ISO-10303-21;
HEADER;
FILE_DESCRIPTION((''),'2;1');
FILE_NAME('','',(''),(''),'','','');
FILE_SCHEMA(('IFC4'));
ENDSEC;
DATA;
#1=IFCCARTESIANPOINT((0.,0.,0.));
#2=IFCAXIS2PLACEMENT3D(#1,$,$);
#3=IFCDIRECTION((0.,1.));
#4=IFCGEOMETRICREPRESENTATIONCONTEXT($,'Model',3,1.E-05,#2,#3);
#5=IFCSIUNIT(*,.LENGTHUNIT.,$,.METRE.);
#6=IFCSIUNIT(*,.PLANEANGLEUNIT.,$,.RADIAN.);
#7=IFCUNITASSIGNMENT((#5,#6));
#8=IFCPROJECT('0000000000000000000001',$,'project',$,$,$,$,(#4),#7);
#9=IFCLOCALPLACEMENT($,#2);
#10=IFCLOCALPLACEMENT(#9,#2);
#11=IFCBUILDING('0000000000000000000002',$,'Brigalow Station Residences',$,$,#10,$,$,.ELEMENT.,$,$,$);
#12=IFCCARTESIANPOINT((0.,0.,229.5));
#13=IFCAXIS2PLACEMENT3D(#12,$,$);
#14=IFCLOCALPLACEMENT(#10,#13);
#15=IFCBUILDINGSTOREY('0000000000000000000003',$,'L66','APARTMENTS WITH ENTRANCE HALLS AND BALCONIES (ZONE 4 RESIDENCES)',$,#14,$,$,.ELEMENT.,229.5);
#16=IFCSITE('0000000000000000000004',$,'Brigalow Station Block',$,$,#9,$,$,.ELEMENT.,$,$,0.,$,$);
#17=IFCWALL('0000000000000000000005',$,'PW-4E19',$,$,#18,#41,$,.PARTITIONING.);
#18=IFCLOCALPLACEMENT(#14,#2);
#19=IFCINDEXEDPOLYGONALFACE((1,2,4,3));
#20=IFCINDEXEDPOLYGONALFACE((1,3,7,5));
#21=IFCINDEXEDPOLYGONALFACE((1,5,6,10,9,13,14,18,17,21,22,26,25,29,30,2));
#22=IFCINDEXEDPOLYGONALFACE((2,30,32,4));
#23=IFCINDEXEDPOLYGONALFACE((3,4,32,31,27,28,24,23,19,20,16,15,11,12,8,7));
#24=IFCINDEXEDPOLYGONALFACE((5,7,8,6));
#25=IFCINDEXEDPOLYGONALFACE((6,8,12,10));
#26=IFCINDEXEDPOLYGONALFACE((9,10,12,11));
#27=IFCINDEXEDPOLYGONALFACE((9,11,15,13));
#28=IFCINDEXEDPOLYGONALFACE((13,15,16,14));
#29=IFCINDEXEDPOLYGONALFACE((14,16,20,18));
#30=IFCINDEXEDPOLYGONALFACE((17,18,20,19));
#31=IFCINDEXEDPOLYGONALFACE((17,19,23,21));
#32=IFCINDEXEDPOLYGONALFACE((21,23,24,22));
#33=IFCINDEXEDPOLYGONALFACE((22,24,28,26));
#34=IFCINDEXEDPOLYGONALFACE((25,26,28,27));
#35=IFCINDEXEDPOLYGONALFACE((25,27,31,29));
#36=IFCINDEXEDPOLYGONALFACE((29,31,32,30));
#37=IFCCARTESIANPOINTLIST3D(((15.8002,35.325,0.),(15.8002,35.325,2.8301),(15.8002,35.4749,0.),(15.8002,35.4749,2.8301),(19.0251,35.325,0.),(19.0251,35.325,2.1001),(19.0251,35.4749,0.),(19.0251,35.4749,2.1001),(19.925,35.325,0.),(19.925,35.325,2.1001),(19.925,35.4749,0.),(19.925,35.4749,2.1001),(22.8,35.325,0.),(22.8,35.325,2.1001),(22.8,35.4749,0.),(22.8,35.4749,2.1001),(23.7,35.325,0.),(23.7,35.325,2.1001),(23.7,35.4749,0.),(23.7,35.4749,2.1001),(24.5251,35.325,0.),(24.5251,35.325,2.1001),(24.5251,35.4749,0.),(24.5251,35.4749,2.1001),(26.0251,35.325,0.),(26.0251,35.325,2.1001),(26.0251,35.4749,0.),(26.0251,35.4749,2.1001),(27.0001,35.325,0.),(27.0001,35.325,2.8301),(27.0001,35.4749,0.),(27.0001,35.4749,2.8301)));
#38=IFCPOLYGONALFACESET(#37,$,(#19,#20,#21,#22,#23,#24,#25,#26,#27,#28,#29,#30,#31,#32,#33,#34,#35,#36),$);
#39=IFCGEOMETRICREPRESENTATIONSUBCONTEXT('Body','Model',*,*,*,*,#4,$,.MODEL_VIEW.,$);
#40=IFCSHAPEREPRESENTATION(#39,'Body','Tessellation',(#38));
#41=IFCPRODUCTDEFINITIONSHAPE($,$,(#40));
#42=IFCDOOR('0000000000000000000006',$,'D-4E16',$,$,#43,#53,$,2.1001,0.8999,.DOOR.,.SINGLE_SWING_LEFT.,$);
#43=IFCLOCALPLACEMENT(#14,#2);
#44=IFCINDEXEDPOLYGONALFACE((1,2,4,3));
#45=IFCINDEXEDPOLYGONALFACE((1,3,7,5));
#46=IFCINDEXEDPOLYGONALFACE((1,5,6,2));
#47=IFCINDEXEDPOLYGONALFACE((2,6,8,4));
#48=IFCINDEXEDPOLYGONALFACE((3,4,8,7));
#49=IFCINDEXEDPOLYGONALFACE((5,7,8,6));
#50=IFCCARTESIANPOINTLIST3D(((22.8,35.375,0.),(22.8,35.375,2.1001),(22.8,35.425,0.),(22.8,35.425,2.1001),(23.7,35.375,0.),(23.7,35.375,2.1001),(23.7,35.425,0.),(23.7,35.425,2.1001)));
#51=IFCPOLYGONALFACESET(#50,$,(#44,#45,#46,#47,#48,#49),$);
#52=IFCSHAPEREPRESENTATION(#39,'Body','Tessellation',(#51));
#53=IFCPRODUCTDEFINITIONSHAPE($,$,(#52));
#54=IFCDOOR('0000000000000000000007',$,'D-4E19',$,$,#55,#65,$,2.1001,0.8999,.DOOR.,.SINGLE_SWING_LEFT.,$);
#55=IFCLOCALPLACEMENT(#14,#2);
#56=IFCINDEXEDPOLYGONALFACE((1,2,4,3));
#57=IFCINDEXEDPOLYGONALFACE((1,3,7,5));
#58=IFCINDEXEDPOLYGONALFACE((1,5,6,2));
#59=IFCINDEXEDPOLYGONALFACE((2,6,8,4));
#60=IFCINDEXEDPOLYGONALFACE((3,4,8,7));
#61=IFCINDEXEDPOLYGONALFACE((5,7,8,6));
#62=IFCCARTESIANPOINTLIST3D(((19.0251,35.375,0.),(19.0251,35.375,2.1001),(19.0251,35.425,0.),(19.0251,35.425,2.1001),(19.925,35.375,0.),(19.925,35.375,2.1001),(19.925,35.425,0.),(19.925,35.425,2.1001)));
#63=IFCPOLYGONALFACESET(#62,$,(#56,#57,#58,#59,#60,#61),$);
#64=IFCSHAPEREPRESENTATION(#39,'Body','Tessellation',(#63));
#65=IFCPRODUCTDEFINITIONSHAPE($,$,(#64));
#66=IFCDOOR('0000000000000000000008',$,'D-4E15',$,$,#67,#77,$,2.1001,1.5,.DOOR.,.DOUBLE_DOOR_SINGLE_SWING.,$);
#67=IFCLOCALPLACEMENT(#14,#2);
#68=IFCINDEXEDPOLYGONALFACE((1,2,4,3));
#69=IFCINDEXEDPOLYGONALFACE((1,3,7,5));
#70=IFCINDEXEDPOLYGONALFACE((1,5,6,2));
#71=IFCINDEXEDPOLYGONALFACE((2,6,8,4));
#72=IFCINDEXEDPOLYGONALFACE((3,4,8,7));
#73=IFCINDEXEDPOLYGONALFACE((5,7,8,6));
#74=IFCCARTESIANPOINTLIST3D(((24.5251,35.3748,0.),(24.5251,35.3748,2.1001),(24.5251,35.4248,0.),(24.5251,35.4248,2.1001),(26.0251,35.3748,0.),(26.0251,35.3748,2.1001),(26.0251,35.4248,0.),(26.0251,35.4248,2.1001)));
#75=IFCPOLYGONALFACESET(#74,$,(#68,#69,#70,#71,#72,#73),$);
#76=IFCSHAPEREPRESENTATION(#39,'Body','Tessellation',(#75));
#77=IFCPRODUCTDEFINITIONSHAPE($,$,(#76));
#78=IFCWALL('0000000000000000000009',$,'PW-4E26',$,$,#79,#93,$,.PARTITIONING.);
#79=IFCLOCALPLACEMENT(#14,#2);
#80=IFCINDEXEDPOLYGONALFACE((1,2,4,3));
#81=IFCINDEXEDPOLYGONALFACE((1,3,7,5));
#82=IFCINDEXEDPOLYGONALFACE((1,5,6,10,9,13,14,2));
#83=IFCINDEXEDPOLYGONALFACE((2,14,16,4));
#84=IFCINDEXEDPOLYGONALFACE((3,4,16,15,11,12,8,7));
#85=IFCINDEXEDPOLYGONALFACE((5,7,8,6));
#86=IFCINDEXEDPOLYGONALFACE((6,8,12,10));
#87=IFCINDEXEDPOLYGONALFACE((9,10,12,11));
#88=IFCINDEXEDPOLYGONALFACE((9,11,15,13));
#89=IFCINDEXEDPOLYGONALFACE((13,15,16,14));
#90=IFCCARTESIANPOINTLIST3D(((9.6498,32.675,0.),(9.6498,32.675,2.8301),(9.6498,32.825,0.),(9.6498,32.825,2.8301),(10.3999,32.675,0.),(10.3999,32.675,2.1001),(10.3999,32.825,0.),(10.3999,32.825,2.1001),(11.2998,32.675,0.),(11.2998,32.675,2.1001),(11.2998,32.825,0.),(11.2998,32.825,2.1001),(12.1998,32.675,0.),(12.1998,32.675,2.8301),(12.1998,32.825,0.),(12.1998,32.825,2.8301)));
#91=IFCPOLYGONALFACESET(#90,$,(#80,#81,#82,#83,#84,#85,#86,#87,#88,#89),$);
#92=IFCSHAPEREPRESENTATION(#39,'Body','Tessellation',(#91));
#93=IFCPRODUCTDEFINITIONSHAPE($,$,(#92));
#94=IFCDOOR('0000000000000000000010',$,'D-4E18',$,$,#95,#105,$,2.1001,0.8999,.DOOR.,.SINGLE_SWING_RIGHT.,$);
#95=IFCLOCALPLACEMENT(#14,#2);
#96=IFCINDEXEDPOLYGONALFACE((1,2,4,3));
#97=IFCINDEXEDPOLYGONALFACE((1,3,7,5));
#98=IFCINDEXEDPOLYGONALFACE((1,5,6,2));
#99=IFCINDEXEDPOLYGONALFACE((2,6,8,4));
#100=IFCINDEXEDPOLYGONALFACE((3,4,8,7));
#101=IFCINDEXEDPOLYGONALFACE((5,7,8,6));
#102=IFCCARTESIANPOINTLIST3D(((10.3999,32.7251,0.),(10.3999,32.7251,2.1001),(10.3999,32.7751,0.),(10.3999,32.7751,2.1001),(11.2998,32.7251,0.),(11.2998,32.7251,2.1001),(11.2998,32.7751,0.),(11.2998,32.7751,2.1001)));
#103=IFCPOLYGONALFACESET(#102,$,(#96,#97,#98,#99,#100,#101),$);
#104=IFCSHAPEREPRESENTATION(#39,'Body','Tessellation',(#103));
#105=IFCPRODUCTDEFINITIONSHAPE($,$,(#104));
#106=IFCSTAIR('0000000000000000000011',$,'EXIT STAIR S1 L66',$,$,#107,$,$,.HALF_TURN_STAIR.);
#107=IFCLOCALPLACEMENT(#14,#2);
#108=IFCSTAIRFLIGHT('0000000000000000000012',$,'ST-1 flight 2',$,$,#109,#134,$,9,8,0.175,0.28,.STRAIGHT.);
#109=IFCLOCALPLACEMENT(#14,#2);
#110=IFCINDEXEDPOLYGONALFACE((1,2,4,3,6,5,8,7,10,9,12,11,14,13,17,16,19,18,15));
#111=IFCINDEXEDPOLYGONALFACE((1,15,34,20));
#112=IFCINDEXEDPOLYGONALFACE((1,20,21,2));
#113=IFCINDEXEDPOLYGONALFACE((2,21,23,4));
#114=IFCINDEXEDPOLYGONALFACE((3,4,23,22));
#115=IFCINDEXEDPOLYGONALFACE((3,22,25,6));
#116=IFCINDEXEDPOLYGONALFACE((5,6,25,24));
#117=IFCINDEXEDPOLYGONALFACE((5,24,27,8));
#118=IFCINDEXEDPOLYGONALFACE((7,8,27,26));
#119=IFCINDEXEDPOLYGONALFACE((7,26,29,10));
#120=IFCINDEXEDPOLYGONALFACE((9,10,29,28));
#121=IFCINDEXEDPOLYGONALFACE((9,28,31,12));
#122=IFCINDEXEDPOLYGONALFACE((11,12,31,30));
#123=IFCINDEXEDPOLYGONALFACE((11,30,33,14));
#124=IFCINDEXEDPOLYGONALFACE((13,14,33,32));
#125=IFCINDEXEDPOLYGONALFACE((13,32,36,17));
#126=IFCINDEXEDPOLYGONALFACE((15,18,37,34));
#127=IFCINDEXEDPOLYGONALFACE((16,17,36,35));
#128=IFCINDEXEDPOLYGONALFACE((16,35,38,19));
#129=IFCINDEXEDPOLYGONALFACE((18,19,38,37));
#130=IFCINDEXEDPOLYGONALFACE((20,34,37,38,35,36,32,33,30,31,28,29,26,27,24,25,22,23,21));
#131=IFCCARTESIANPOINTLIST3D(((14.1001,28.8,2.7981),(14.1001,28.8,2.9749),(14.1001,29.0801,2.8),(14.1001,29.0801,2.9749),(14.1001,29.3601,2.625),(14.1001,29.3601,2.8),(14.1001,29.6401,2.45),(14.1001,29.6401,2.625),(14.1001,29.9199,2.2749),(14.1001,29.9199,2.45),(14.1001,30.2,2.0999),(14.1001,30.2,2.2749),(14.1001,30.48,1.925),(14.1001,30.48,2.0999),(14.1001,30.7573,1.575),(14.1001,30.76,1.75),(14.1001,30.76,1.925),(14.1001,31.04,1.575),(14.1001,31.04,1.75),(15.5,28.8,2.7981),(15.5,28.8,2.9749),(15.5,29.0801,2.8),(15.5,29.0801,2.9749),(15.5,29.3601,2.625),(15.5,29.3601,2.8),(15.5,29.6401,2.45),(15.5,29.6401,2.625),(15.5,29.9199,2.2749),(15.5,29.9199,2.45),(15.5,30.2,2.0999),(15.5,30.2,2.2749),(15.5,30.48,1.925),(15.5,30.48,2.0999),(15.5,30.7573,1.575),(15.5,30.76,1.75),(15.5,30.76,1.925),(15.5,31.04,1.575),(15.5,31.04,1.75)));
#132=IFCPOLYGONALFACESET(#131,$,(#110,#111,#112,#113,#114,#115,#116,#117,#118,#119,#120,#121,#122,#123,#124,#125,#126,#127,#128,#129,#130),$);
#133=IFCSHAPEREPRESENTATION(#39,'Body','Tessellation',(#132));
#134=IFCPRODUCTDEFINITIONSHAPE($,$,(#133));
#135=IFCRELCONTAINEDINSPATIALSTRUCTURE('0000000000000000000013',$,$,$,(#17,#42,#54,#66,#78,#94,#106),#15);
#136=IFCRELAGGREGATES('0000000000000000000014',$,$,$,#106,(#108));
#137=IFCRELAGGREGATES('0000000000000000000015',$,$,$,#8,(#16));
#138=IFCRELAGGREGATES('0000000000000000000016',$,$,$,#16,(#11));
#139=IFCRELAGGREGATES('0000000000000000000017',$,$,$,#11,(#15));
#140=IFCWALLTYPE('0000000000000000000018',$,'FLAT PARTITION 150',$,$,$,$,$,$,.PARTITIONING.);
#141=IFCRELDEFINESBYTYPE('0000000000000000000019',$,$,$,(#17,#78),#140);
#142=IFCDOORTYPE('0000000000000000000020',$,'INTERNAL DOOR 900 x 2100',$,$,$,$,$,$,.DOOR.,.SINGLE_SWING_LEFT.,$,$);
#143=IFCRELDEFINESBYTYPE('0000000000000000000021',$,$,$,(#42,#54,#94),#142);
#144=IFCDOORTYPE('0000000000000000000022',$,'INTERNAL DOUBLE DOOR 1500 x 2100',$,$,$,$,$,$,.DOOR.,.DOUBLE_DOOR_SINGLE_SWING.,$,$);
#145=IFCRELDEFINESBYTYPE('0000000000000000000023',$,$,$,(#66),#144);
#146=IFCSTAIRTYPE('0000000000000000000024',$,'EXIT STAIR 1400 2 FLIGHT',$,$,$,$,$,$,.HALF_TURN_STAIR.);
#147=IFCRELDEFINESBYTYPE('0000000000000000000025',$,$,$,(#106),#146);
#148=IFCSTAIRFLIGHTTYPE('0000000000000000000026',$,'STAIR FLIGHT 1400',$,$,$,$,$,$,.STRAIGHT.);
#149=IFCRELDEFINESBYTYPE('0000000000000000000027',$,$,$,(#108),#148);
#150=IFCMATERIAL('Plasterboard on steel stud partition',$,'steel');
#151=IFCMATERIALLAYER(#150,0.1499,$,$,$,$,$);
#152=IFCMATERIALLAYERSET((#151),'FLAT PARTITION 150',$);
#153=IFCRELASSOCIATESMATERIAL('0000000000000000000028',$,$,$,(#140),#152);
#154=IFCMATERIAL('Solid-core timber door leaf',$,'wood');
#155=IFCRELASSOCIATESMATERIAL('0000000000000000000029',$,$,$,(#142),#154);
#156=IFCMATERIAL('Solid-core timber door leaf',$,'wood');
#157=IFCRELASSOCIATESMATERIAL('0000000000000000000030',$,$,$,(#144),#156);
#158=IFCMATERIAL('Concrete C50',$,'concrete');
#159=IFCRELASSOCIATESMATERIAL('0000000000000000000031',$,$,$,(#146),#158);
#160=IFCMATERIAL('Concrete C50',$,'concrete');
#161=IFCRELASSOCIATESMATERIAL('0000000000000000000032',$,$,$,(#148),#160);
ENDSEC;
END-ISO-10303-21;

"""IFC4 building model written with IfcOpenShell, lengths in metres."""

from ifc_helpers import new_model, si_unit, direction, frame, frame_2d, origin, place, context, subcontext, project, spatial, polyline, rectangle, outline, extrude, material, layer, layer_set, type_object, element, fill, aggregate, save


model = new_model("IFC4")

# Units and contexts
model_context = context("Model", 3, precision=1e-05, world=origin(), true_north=direction((0.0, 1.0)))
body_context = subcontext(model_context, "Body", "Model", "MODEL_VIEW")
ifc_project = project(units=[si_unit("LENGTHUNIT", "METRE"), si_unit("PLANEANGLEUNIT", "RADIAN")], contexts=[model_context])

# Site, building, storey
site_placement = place(None, origin())
site = spatial("IfcSite", under=ifc_project, at=site_placement, Name="Brigalow Station Block", CompositionType="ELEMENT", RefElevation=0.0)
building_placement = place(site_placement, origin())
building = spatial("IfcBuilding", under=site, at=building_placement, Name="Brigalow Station Residences", CompositionType="ELEMENT")
storey_placement = place(building_placement, frame((0.0, 0.0, 229.5)))
storey = spatial("IfcBuildingStorey", under=building, at=storey_placement, Name="L66", Description="APARTMENTS WITH ENTRANCE HALLS AND BALCONIES (ZONE 4 RESIDENCES)", CompositionType="ELEMENT", Elevation=229.5)

# Wall, openings, doors
ifc_material_1 = material(Name="Plasterboard on steel stud partition", Category="steel")
ifc_layer_1 = layer(ifc_material_1, 0.1499)
ifc_layer_set_1 = layer_set([ifc_layer_1], Name="FLAT PARTITION 150")
wall_type_1 = type_object("IfcWallType", Name="FLAT PARTITION 150", PredefinedType="PARTITIONING", material=ifc_layer_set_1)
wall_1_placement = place(storey_placement, frame((15.8, 35.3999, 0.0), z_axis=(0.0, 0.0, 1.0), x_axis=(1.0, 0.0, 0.0)))
wall_1 = element("IfcWall", 1, at=wall_1_placement, inside=storey, type_object=wall_type_1, Name="PW-4E19", PredefinedType="PARTITIONING", context=body_context, shape_type="SweptSolid", body=[
    extrude(rectangle(XDim=11.2, YDim=0.1499, at=frame_2d((5.6001, 0.0))), origin(), (0.0, 0.0, 1.0), 2.8301),
])
opening_1_placement = place(wall_1_placement, frame((8.7251, 0.0, 0.0)))
opening_1 = element("IfcOpeningElement", 2, at=opening_1_placement, cuts=wall_1, PredefinedType="OPENING", context=body_context, shape_type="SweptSolid", body=[
    extrude(rectangle(XDim=1.5, YDim=2.1001, at=frame_2d((0.75, 1.05))), frame((0.0, 0.085, 0.0), z_axis=(0.0, -1.0, 0.0), x_axis=(1.0, 0.0, 0.0)), (0.0, 0.0, 1.0), 0.1699),
])
opening_2_placement = place(wall_1_placement, frame((7.0, 0.0, 0.0)))
opening_2 = element("IfcOpeningElement", 3, at=opening_2_placement, cuts=wall_1, PredefinedType="OPENING", context=body_context, shape_type="SweptSolid", body=[
    extrude(rectangle(XDim=0.8999, YDim=2.1001, at=frame_2d((0.45, 1.05))), frame((0.0, 0.085, 0.0), z_axis=(0.0, -1.0, 0.0), x_axis=(1.0, 0.0, 0.0)), (0.0, 0.0, 1.0), 0.1699),
])
opening_3_placement = place(wall_1_placement, frame((3.2251, 0.0, 0.0)))
opening_3 = element("IfcOpeningElement", 4, at=opening_3_placement, cuts=wall_1, PredefinedType="OPENING", context=body_context, shape_type="SweptSolid", body=[
    extrude(rectangle(XDim=0.8999, YDim=2.1001, at=frame_2d((0.45, 1.05))), frame((0.0, 0.085, 0.0), z_axis=(0.0, -1.0, 0.0), x_axis=(1.0, 0.0, 0.0)), (0.0, 0.0, 1.0), 0.1699),
])
ifc_material_2 = material(Name="Solid-core timber door leaf", Category="wood")
door_type_1 = type_object("IfcDoorType", Name="INTERNAL DOOR 900 x 2100", OperationType="SINGLE_SWING_LEFT", PredefinedType="DOOR", material=ifc_material_2)
door_1_placement = place(opening_2_placement, frame((0.8999, 0.0, 0.0), z_axis=(0.0, 0.0, 1.0), x_axis=(-1.0, 0.0, 0.0)))
door_1 = element("IfcDoor", 5, at=door_1_placement, inside=storey, type_object=door_type_1, Name="D-4E16", OperationType="SINGLE_SWING_LEFT", OverallHeight=2.1001, OverallWidth=0.8999, PredefinedType="DOOR", context=body_context, shape_type="SweptSolid", body=[
    extrude(rectangle(XDim=0.8999, YDim=2.1001, at=frame_2d((0.45, 1.05))), frame((0.0, 0.0249, 0.0), z_axis=(0.0, -1.0, 0.0), x_axis=(1.0, 0.0, 0.0)), (0.0, 0.0, 1.0), 0.05),
])
fill(opening_2, door_1)
door_2_placement = place(opening_3_placement, frame((0.8999, 0.0, 0.0), z_axis=(0.0, 0.0, 1.0), x_axis=(-1.0, 0.0, 0.0)))
door_2 = element("IfcDoor", 6, at=door_2_placement, inside=storey, type_object=door_type_1, Name="D-4E19", OperationType="SINGLE_SWING_LEFT", OverallHeight=2.1001, OverallWidth=0.8999, PredefinedType="DOOR", context=body_context, shape_type="SweptSolid", body=[
    extrude(rectangle(XDim=0.8999, YDim=2.1001, at=frame_2d((0.45, 1.05))), frame((0.0, 0.0249, 0.0), z_axis=(0.0, -1.0, 0.0), x_axis=(1.0, 0.0, 0.0)), (0.0, 0.0, 1.0), 0.05),
])
fill(opening_3, door_2)
ifc_material_3 = material(Name="Solid-core timber door leaf", Category="wood")
door_type_2 = type_object("IfcDoorType", Name="INTERNAL DOUBLE DOOR 1500 x 2100", OperationType="DOUBLE_DOOR_SINGLE_SWING", PredefinedType="DOOR", material=ifc_material_3)
door_3_placement = place(opening_1_placement, origin())
door_3 = element("IfcDoor", 7, at=door_3_placement, inside=storey, type_object=door_type_2, Name="D-4E15", OperationType="DOUBLE_DOOR_SINGLE_SWING", OverallHeight=2.1001, OverallWidth=1.5, PredefinedType="DOOR", context=body_context, shape_type="SweptSolid", body=[
    extrude(rectangle(XDim=1.5, YDim=2.1001, at=frame_2d((0.75, 1.05))), frame((0.0, 0.0249, 0.0), z_axis=(0.0, -1.0, 0.0), x_axis=(1.0, 0.0, 0.0)), (0.0, 0.0, 1.0), 0.05),
])
fill(opening_1, door_3)

# Wall, opening, door
wall_2_placement = place(storey_placement, frame((9.6499, 32.75, 0.0), z_axis=(0.0, 0.0, 1.0), x_axis=(1.0, 0.0, 0.0)))
wall_2 = element("IfcWall", 8, at=wall_2_placement, inside=storey, type_object=wall_type_1, Name="PW-4E26", PredefinedType="PARTITIONING", context=body_context, shape_type="SweptSolid", body=[
    extrude(rectangle(XDim=2.55, YDim=0.1499, at=frame_2d((1.2749, 0.0))), origin(), (0.0, 0.0, 1.0), 2.8301),
])
opening_4_placement = place(wall_2_placement, frame((0.75, 0.0, 0.0)))
opening_4 = element("IfcOpeningElement", 9, at=opening_4_placement, cuts=wall_2, PredefinedType="OPENING", context=body_context, shape_type="SweptSolid", body=[
    extrude(rectangle(XDim=0.8999, YDim=2.1001, at=frame_2d((0.45, 1.05))), frame((0.0, 0.085, 0.0), z_axis=(0.0, -1.0, 0.0), x_axis=(1.0, 0.0, 0.0)), (0.0, 0.0, 1.0), 0.1699),
])
door_4_placement = place(opening_4_placement, frame((0.8999, 0.0, 0.0), z_axis=(0.0, 0.0, 1.0), x_axis=(-1.0, 0.0, 0.0)))
door_4 = element("IfcDoor", 10, at=door_4_placement, inside=storey, type_object=door_type_1, Name="D-4E18", OperationType="SINGLE_SWING_RIGHT", OverallHeight=2.1001, OverallWidth=0.8999, PredefinedType="DOOR", context=body_context, shape_type="SweptSolid", body=[
    extrude(rectangle(XDim=0.8999, YDim=2.1001, at=frame_2d((0.45, 1.05))), frame((0.0, 0.0249, 0.0), z_axis=(0.0, -1.0, 0.0), x_axis=(1.0, 0.0, 0.0)), (0.0, 0.0, 1.0), 0.05),
])
fill(opening_4, door_4)

# Stair, stair flight
ifc_material_4 = material(Name="Concrete C50", Category="concrete")
stair_type = type_object("IfcStairType", Name="EXIT STAIR 1400 2 FLIGHT", PredefinedType="HALF_TURN_STAIR", material=ifc_material_4)
stair_placement = place(storey_placement, origin())
stair = element("IfcStair", 11, at=stair_placement, inside=storey, type_object=stair_type, Name="EXIT STAIR S1 L66", PredefinedType="HALF_TURN_STAIR")
ifc_material_5 = material(Name="Concrete C50", Category="concrete")
stair_flight_type = type_object("IfcStairFlightType", Name="STAIR FLIGHT 1400", PredefinedType="STRAIGHT", material=ifc_material_5)
stair_flight_placement = place(storey_placement, frame((14.8, 31.04, 1.575), z_axis=(0.0, 0.0, 1.0), x_axis=(0.0, -1.0, 0.0)))
stair_flight = element("IfcStairFlight", 12, at=stair_flight_placement, type_object=stair_flight_type, Name="ST-1 flight 2", NumberOfRisers=9, NumberOfTreads=8, PredefinedType="STRAIGHT", RiserHeight=0.175, TreadLength=0.28, context=body_context, shape_type="SweptSolid", body=[
    extrude(outline(polyline([(0.0, 0.0), (0.0, 0.175), (0.28, 0.175), (0.28, 0.3501), (0.5601, 0.3501), (0.5601, 0.5249), (0.8401, 0.5249), (0.8401, 0.7), (1.1201, 0.7), (1.1201, 0.875), (1.3999, 0.875), (1.3999, 1.05), (1.6799, 1.05), (1.6799, 1.2251), (1.96, 1.2251), (1.96, 1.3999), (2.24, 1.3999), (2.24, 1.575), (2.24, 1.2231), (0.2827, 0.0), (0.0, 0.0)])), frame((0.0, 0.7, 0.0), z_axis=(0.0, -1.0, 0.0), x_axis=(1.0, 0.0, 0.0)), (0.0, 0.0, 1.0), 1.3999),
])
aggregate(stair, [stair_flight])

save(model, "model.ifc")
